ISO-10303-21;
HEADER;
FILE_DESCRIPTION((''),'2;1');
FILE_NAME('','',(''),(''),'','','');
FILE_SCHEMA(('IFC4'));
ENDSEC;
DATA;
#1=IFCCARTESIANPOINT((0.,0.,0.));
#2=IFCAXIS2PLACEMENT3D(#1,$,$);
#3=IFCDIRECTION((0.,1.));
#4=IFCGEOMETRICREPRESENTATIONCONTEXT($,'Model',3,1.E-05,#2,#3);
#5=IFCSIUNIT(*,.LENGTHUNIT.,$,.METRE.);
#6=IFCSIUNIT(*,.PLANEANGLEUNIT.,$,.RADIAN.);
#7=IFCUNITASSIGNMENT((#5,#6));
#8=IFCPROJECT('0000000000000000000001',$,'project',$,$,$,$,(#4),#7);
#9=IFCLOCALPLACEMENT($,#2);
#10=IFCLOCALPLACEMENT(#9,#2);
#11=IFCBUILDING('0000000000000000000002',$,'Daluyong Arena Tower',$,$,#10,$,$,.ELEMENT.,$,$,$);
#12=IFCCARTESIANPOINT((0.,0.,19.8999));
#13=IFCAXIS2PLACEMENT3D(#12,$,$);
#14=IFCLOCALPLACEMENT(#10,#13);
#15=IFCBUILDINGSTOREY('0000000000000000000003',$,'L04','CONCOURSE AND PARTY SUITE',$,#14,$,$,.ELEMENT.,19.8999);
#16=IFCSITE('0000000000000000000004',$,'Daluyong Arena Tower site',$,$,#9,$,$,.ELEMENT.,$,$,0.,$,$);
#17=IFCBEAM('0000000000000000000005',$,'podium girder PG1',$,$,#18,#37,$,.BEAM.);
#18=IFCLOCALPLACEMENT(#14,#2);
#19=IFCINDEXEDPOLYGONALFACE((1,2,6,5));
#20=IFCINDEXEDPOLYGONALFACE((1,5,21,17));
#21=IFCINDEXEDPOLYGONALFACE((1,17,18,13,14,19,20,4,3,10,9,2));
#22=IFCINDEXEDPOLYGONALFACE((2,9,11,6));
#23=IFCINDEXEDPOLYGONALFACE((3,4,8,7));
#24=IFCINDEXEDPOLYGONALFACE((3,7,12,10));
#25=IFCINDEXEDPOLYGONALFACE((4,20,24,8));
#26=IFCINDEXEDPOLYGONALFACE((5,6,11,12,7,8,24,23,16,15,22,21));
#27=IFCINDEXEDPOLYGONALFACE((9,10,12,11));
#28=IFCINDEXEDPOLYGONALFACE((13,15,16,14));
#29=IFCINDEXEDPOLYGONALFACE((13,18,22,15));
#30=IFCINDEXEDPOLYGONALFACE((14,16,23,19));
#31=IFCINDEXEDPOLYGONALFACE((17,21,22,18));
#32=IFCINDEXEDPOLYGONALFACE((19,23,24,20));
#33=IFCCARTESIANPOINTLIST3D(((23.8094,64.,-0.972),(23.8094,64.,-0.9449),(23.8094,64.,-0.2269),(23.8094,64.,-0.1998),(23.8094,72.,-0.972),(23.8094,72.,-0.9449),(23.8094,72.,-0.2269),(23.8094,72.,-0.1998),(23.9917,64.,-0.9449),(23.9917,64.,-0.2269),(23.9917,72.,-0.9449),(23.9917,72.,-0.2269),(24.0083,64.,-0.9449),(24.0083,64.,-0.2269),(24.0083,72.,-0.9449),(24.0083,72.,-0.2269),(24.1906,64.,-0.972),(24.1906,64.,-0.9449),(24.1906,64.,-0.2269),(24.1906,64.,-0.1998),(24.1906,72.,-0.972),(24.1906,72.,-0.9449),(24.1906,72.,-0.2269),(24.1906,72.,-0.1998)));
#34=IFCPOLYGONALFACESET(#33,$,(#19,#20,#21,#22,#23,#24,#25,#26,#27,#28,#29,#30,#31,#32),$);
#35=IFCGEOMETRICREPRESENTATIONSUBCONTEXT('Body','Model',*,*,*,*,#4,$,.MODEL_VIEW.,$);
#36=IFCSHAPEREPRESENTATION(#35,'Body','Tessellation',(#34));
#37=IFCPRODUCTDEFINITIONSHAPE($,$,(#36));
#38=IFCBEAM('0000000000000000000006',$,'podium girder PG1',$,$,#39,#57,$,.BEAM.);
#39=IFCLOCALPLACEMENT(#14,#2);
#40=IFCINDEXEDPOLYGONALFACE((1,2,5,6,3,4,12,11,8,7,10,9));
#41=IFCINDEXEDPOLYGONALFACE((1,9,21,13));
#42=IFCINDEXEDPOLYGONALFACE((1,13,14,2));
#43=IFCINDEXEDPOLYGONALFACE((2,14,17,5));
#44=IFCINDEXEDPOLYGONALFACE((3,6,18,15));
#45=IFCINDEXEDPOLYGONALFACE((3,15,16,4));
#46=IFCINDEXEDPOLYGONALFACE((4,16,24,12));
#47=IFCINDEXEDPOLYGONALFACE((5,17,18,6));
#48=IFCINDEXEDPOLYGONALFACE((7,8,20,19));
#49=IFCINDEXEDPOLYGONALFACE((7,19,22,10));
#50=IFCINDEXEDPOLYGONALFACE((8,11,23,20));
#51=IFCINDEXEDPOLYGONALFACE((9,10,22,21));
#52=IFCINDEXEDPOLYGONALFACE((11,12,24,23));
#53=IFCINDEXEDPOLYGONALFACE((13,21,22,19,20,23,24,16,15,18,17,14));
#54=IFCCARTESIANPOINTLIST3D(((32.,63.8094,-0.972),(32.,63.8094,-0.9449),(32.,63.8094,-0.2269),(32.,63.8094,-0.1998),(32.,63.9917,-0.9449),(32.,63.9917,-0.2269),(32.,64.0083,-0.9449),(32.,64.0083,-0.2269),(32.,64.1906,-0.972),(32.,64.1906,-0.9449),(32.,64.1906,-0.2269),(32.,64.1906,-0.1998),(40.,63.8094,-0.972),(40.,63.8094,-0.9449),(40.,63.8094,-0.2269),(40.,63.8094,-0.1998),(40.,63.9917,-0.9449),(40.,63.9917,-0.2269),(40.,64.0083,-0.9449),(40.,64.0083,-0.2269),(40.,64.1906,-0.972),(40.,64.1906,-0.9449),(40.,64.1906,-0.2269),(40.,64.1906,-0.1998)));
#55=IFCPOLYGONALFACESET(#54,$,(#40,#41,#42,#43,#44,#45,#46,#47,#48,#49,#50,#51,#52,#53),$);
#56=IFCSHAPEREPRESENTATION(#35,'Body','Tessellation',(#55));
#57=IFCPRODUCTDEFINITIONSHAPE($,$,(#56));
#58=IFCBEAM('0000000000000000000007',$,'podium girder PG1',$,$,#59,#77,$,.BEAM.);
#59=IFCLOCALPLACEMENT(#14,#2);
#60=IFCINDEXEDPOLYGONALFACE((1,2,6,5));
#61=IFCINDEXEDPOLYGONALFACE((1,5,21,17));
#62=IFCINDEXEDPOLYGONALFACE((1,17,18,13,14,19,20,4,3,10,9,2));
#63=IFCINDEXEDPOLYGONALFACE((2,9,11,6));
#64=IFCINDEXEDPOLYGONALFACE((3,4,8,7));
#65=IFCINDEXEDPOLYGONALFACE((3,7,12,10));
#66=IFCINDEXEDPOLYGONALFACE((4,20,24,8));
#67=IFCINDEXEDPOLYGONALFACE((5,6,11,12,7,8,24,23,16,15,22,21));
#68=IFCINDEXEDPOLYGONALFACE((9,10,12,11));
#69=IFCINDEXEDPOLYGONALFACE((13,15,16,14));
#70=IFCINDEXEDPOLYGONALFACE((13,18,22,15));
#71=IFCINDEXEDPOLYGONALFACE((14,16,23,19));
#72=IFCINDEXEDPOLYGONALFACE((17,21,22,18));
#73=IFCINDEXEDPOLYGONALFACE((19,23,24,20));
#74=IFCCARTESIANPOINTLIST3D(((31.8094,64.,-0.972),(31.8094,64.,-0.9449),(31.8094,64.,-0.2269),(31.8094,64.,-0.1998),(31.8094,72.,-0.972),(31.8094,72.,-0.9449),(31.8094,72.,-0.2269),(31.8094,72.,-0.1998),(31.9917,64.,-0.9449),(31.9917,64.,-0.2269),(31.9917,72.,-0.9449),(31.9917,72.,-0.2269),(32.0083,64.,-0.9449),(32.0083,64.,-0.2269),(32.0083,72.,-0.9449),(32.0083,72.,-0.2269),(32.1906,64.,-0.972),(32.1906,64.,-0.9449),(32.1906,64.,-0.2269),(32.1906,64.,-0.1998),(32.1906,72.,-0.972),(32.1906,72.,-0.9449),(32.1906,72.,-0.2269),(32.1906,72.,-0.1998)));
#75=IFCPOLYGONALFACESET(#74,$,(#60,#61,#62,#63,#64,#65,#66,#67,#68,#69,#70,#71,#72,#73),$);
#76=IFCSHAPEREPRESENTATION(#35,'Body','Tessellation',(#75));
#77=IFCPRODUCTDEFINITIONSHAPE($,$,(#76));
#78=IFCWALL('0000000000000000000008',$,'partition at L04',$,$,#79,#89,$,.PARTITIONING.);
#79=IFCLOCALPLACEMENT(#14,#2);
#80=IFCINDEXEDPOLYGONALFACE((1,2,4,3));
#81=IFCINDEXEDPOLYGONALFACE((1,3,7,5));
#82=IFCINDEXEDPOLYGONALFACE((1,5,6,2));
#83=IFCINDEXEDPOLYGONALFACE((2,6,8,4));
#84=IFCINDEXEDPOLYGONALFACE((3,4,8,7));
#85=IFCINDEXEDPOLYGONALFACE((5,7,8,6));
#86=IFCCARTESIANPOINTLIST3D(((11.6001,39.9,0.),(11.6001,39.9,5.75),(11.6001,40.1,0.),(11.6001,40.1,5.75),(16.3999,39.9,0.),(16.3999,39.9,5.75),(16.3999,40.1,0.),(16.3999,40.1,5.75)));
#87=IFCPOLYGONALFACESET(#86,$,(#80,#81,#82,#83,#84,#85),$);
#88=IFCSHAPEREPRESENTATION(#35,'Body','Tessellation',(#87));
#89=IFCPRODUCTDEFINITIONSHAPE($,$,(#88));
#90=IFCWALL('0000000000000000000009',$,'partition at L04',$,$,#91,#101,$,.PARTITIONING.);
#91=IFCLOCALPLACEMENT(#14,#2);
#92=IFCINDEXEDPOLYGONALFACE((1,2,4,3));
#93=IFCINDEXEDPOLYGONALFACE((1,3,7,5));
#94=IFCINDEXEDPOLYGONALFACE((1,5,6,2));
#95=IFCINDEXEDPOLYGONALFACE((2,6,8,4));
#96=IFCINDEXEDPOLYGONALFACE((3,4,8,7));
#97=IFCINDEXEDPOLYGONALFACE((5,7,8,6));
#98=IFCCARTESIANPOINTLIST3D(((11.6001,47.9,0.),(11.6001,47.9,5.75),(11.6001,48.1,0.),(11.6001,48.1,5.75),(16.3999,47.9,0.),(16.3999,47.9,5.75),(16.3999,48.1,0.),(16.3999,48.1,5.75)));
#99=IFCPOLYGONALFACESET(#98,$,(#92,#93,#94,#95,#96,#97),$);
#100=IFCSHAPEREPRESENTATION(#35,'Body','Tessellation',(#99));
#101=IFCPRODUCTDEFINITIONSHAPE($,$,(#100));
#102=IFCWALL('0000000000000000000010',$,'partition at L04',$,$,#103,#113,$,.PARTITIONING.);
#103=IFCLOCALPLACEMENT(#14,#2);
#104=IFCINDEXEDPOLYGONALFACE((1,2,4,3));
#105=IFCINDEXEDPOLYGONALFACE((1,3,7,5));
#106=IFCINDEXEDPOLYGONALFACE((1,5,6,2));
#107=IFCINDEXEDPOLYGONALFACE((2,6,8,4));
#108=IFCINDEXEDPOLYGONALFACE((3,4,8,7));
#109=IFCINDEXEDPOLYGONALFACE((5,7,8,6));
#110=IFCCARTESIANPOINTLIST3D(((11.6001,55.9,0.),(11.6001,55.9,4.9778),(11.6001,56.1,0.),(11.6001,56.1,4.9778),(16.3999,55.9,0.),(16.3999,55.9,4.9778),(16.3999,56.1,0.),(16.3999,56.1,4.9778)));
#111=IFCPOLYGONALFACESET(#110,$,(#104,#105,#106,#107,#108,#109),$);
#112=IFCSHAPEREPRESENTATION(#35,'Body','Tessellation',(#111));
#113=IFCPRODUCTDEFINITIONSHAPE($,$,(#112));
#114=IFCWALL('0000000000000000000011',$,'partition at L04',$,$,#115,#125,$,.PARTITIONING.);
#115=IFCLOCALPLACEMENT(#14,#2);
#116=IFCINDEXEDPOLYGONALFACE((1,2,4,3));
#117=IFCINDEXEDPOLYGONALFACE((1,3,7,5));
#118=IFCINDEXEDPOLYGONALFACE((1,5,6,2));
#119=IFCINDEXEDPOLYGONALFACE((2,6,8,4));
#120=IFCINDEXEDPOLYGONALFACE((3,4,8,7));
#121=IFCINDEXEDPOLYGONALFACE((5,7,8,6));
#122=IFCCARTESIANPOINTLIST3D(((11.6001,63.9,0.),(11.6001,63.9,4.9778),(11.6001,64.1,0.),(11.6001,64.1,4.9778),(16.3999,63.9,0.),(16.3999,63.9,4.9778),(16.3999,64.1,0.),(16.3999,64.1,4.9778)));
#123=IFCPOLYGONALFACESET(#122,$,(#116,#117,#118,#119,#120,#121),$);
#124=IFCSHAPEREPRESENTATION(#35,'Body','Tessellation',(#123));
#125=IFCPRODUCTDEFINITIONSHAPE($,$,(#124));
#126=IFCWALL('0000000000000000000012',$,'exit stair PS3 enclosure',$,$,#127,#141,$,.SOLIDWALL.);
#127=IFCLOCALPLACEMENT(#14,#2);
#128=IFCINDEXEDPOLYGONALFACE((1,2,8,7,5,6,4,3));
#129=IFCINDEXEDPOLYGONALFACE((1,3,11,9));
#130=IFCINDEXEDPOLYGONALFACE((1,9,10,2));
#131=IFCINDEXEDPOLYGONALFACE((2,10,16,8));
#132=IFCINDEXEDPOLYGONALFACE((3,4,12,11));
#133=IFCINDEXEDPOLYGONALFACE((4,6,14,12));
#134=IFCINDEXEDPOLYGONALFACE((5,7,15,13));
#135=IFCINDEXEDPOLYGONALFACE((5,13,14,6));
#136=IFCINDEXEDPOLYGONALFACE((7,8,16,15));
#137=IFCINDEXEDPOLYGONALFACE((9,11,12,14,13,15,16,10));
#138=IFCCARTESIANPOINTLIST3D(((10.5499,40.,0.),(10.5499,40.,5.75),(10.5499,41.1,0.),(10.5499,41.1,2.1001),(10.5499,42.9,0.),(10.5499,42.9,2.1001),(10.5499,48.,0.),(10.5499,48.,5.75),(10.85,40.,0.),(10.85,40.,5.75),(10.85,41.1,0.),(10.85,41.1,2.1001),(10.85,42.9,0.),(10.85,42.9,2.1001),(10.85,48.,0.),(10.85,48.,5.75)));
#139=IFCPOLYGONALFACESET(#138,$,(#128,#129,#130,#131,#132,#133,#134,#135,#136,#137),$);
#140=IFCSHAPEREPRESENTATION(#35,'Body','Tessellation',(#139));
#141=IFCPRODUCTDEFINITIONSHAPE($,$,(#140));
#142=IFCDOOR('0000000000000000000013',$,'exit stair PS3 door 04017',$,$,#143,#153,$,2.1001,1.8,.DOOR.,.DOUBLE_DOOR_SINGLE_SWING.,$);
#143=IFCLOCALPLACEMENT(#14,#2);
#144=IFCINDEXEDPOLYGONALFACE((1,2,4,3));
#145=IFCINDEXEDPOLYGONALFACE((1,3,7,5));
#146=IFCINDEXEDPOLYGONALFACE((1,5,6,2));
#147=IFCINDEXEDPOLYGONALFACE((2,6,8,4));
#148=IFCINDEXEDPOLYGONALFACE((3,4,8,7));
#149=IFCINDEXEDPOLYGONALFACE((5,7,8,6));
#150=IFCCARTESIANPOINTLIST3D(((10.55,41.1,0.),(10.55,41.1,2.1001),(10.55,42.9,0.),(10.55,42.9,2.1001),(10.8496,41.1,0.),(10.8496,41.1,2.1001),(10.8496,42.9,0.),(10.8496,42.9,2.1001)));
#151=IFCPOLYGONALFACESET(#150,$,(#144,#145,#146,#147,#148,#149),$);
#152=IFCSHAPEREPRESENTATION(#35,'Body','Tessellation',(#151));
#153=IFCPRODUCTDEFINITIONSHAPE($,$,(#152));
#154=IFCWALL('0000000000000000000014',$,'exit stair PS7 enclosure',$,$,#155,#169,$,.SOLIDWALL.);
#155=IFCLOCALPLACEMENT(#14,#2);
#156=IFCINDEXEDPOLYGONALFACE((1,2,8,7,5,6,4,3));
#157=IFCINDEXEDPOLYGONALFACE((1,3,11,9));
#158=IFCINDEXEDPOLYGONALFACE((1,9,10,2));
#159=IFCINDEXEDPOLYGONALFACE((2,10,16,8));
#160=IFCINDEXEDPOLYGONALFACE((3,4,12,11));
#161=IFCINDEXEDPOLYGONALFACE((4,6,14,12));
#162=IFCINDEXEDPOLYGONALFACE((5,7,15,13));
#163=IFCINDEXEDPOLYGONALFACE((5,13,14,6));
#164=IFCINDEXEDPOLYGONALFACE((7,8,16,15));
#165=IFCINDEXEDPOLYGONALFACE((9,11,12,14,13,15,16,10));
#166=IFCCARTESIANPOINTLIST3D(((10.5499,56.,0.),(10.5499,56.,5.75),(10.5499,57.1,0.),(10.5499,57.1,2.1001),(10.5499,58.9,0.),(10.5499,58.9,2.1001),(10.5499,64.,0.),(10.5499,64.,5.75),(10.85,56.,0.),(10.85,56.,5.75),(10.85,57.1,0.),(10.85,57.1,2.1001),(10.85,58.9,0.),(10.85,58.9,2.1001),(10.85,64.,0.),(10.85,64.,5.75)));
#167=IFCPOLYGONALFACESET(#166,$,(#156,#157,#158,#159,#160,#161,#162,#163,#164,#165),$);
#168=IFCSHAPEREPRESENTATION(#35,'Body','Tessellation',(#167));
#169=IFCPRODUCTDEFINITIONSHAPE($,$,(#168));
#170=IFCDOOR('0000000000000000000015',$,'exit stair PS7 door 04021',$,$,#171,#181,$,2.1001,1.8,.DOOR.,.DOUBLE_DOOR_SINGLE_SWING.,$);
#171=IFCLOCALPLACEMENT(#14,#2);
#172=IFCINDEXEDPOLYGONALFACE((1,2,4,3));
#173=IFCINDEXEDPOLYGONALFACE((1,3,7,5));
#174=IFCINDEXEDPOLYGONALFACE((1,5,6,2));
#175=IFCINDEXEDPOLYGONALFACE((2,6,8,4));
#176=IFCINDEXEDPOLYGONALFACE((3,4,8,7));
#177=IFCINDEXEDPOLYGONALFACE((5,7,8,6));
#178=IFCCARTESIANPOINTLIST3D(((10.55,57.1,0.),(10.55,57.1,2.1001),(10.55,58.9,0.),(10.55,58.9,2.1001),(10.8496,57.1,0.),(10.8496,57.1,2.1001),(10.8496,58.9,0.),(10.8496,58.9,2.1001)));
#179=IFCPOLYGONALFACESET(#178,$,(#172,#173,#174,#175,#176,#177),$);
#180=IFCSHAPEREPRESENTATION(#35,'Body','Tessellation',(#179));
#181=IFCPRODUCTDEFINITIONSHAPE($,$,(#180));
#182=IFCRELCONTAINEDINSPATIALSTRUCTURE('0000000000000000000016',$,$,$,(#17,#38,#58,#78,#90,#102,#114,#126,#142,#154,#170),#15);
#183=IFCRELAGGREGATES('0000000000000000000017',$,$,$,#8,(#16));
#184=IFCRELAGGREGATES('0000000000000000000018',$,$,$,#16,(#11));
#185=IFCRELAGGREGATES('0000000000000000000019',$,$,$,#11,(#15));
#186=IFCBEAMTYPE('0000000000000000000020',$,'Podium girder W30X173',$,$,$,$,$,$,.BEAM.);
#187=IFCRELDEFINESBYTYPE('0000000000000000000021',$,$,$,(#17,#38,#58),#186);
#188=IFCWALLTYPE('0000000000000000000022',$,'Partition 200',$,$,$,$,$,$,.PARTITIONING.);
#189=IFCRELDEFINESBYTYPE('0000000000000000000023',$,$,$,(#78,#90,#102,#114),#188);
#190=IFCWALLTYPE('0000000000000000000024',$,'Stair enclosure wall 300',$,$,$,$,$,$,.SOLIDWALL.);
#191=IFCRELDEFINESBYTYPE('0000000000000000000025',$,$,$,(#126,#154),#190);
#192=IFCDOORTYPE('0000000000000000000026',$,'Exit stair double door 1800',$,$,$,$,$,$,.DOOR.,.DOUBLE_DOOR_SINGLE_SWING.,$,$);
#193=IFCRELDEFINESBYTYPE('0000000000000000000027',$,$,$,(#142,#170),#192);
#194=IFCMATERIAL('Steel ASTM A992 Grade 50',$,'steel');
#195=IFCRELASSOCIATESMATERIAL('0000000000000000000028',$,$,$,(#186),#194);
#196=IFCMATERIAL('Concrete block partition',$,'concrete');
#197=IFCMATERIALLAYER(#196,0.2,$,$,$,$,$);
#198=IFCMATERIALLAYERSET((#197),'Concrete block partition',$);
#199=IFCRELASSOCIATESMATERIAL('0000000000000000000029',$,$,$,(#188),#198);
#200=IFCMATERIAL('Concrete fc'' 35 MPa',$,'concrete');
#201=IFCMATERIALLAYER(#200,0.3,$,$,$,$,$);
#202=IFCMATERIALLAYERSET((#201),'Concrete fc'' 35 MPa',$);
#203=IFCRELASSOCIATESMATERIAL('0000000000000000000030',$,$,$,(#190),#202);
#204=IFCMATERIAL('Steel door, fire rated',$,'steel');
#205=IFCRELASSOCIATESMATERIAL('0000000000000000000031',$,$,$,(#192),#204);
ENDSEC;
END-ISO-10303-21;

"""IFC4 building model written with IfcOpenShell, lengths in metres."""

from ifc_helpers import new_model, si_unit, direction, frame, frame_2d, origin, origin_2d, place, context, subcontext, project, spatial, rectangle, i_section, extrude, material, layer, layer_set, material_profile, profile_set, type_object, element, fill, save


model = new_model("IFC4")

# Units and contexts
model_context = context("Model", 3, precision=1e-05, world=origin(), true_north=direction((0.0, 1.0)))
body_context = subcontext(model_context, "Body", "Model", "MODEL_VIEW")
ifc_project = project(units=[si_unit("LENGTHUNIT", "METRE"), si_unit("PLANEANGLEUNIT", "RADIAN")], contexts=[model_context])

# Site, building, storey
site_placement = place(None, origin())
site = spatial("IfcSite", under=ifc_project, at=site_placement, Name="Daluyong Arena Tower site", CompositionType="ELEMENT", RefElevation=0.0)
building_placement = place(site_placement, origin())
building = spatial("IfcBuilding", under=site, at=building_placement, Name="Daluyong Arena Tower", CompositionType="ELEMENT")
storey_placement = place(building_placement, frame((0.0, 0.0, 19.8999)))
storey = spatial("IfcBuildingStorey", under=building, at=storey_placement, Name="L04", Description="CONCOURSE AND PARTY SUITE", CompositionType="ELEMENT", Elevation=19.8999)

# Beams
ifc_material_1 = material(Name="Steel ASTM A992 Grade 50", Category="steel")
ifc_material_profile_1 = material_profile(ifc_material_1, i_section(OverallWidth=0.3811, OverallDepth=0.7722, WebThickness=0.0166, FlangeThickness=0.0271, at=origin_2d()))
ifc_profile_set_1 = profile_set([ifc_material_profile_1], Name="Steel ASTM A992 Grade 50")
beam_type_1 = type_object("IfcBeamType", Name="Podium girder W30X173", PredefinedType="BEAM", material=ifc_profile_set_1)
for number, where, z_axis, x_axis, name in (
    (1, (24.0, 64.0, -0.5859), (0.0, 1.0, 0.0), (-1.0, 0.0, 0.0), "podium girder PG1"),
    (2, (32.0, 64.0, -0.5859), (1.0, 0.0, 0.0), (0.0, 1.0, 0.0), "podium girder PG1"),
    (3, (32.0, 64.0, -0.5859), (0.0, 1.0, 0.0), (-1.0, 0.0, 0.0), "podium girder PG1"),
):
    element("IfcBeam", number, at=place(storey_placement, frame(where, z_axis=z_axis, x_axis=x_axis)), inside=storey, type_object=beam_type_1, Name=name, PredefinedType="BEAM", context=body_context, shape_type="SweptSolid", body=[
        extrude(i_section(OverallWidth=0.3811, OverallDepth=0.7722, WebThickness=0.0166, FlangeThickness=0.0271, at=origin_2d()), origin(), (0.0, 0.0, 1.0), 8.0),
    ])

# Walls
ifc_material_2 = material(Name="Concrete block partition", Category="concrete")
ifc_layer_1 = layer(ifc_material_2, 0.2)
ifc_layer_set_1 = layer_set([ifc_layer_1], Name="Concrete block partition")
wall_type_1 = type_object("IfcWallType", Name="Partition 200", PredefinedType="PARTITIONING", material=ifc_layer_set_1)
for number, where, z_axis, x_axis, name in (
    (4, (11.6001, 40.0, 0.0), (0.0, 0.0, 1.0), (1.0, 0.0, 0.0), "partition at L04"),
    (5, (11.6001, 48.0, 0.0), (0.0, 0.0, 1.0), (1.0, 0.0, 0.0), "partition at L04"),
):
    element("IfcWall", number, at=place(storey_placement, frame(where, z_axis=z_axis, x_axis=x_axis)), inside=storey, type_object=wall_type_1, Name=name, PredefinedType="PARTITIONING", context=body_context, shape_type="SweptSolid", body=[
        extrude(rectangle(XDim=4.7998, YDim=0.2, at=frame_2d((2.3999, 0.0))), origin(), (0.0, 0.0, 1.0), 5.75),
    ])
for number, where, z_axis, x_axis, name in (
    (6, (11.6001, 56.0, 0.0), (0.0, 0.0, 1.0), (1.0, 0.0, 0.0), "partition at L04"),
    (7, (11.6001, 64.0, 0.0), (0.0, 0.0, 1.0), (1.0, 0.0, 0.0), "partition at L04"),
):
    element("IfcWall", number, at=place(storey_placement, frame(where, z_axis=z_axis, x_axis=x_axis)), inside=storey, type_object=wall_type_1, Name=name, PredefinedType="PARTITIONING", context=body_context, shape_type="SweptSolid", body=[
        extrude(rectangle(XDim=4.7998, YDim=0.2, at=frame_2d((2.3999, 0.0))), origin(), (0.0, 0.0, 1.0), 4.9778),
    ])

# Walls, openings, doors
ifc_material_3 = material(Name="Concrete fc' 35 MPa", Category="concrete")
ifc_layer_2 = layer(ifc_material_3, 0.3)
ifc_layer_set_2 = layer_set([ifc_layer_2], Name="Concrete fc' 35 MPa")
wall_type_2 = type_object("IfcWallType", Name="Stair enclosure wall 300", PredefinedType="SOLIDWALL", material=ifc_layer_set_2)
wall_1_placement = place(storey_placement, frame((10.7, 40.0, 0.0), z_axis=(0.0, 0.0, 1.0), x_axis=(0.0, 1.0, 0.0)))
wall_1 = element("IfcWall", 8, at=wall_1_placement, inside=storey, type_object=wall_type_2, Name="exit stair PS3 enclosure", PredefinedType="SOLIDWALL", context=body_context, shape_type="SweptSolid", body=[
    extrude(rectangle(XDim=8.0, YDim=0.3, at=frame_2d((4.0, 0.0))), origin(), (0.0, 0.0, 1.0), 5.75),
])
opening_1_placement = place(wall_1_placement, frame((1.1001, 0.0, 0.0)))
opening_1 = element("IfcOpeningElement", 9, at=opening_1_placement, cuts=wall_1, PredefinedType="OPENING", context=body_context, shape_type="SweptSolid", body=[
    extrude(rectangle(XDim=1.8, YDim=2.1001, at=frame_2d((0.8999, 1.05))), frame((0.0, 0.1599, 0.0), z_axis=(0.0, -1.0, 0.0), x_axis=(1.0, 0.0, 0.0)), (0.0, 0.0, 1.0), 0.3201),
])
ifc_material_4 = material(Name="Steel door, fire rated", Category="steel")
door_type = type_object("IfcDoorType", Name="Exit stair double door 1800", OperationType="DOUBLE_DOOR_SINGLE_SWING", PredefinedType="DOOR", material=ifc_material_4)
door_1_placement = place(opening_1_placement, origin())
door_1 = element("IfcDoor", 10, at=door_1_placement, inside=storey, type_object=door_type, Name="exit stair PS3 door 04017", OperationType="DOUBLE_DOOR_SINGLE_SWING", OverallHeight=2.1001, OverallWidth=1.8, PredefinedType="DOOR", context=body_context, shape_type="SweptSolid", body=[
    extrude(rectangle(XDim=1.8, YDim=2.1001, at=frame_2d((0.8999, 1.05))), frame((0.0, 0.1499, 0.0), z_axis=(0.0, -1.0, 0.0), x_axis=(1.0, 0.0, 0.0)), (0.0, 0.0, 1.0), 0.2996),
])
fill(opening_1, door_1)
wall_2_placement = place(storey_placement, frame((10.7, 56.0, 0.0), z_axis=(0.0, 0.0, 1.0), x_axis=(0.0, 1.0, 0.0)))
wall_2 = element("IfcWall", 11, at=wall_2_placement, inside=storey, type_object=wall_type_2, Name="exit stair PS7 enclosure", PredefinedType="SOLIDWALL", context=body_context, shape_type="SweptSolid", body=[
    extrude(rectangle(XDim=8.0, YDim=0.3, at=frame_2d((4.0, 0.0))), origin(), (0.0, 0.0, 1.0), 5.75),
])
opening_2_placement = place(wall_2_placement, frame((1.1001, 0.0, 0.0)))
opening_2 = element("IfcOpeningElement", 12, at=opening_2_placement, cuts=wall_2, PredefinedType="OPENING", context=body_context, shape_type="SweptSolid", body=[
    extrude(rectangle(XDim=1.8, YDim=2.1001, at=frame_2d((0.8999, 1.05))), frame((0.0, 0.1599, 0.0), z_axis=(0.0, -1.0, 0.0), x_axis=(1.0, 0.0, 0.0)), (0.0, 0.0, 1.0), 0.3201),
])
door_2_placement = place(opening_2_placement, origin())
door_2 = element("IfcDoor", 13, at=door_2_placement, inside=storey, type_object=door_type, Name="exit stair PS7 door 04021", OperationType="DOUBLE_DOOR_SINGLE_SWING", OverallHeight=2.1001, OverallWidth=1.8, PredefinedType="DOOR", context=body_context, shape_type="SweptSolid", body=[
    extrude(rectangle(XDim=1.8, YDim=2.1001, at=frame_2d((0.8999, 1.05))), frame((0.0, 0.1499, 0.0), z_axis=(0.0, -1.0, 0.0), x_axis=(1.0, 0.0, 0.0)), (0.0, 0.0, 1.0), 0.2996),
])
fill(opening_2, door_2)

save(model, "model.ifc")
